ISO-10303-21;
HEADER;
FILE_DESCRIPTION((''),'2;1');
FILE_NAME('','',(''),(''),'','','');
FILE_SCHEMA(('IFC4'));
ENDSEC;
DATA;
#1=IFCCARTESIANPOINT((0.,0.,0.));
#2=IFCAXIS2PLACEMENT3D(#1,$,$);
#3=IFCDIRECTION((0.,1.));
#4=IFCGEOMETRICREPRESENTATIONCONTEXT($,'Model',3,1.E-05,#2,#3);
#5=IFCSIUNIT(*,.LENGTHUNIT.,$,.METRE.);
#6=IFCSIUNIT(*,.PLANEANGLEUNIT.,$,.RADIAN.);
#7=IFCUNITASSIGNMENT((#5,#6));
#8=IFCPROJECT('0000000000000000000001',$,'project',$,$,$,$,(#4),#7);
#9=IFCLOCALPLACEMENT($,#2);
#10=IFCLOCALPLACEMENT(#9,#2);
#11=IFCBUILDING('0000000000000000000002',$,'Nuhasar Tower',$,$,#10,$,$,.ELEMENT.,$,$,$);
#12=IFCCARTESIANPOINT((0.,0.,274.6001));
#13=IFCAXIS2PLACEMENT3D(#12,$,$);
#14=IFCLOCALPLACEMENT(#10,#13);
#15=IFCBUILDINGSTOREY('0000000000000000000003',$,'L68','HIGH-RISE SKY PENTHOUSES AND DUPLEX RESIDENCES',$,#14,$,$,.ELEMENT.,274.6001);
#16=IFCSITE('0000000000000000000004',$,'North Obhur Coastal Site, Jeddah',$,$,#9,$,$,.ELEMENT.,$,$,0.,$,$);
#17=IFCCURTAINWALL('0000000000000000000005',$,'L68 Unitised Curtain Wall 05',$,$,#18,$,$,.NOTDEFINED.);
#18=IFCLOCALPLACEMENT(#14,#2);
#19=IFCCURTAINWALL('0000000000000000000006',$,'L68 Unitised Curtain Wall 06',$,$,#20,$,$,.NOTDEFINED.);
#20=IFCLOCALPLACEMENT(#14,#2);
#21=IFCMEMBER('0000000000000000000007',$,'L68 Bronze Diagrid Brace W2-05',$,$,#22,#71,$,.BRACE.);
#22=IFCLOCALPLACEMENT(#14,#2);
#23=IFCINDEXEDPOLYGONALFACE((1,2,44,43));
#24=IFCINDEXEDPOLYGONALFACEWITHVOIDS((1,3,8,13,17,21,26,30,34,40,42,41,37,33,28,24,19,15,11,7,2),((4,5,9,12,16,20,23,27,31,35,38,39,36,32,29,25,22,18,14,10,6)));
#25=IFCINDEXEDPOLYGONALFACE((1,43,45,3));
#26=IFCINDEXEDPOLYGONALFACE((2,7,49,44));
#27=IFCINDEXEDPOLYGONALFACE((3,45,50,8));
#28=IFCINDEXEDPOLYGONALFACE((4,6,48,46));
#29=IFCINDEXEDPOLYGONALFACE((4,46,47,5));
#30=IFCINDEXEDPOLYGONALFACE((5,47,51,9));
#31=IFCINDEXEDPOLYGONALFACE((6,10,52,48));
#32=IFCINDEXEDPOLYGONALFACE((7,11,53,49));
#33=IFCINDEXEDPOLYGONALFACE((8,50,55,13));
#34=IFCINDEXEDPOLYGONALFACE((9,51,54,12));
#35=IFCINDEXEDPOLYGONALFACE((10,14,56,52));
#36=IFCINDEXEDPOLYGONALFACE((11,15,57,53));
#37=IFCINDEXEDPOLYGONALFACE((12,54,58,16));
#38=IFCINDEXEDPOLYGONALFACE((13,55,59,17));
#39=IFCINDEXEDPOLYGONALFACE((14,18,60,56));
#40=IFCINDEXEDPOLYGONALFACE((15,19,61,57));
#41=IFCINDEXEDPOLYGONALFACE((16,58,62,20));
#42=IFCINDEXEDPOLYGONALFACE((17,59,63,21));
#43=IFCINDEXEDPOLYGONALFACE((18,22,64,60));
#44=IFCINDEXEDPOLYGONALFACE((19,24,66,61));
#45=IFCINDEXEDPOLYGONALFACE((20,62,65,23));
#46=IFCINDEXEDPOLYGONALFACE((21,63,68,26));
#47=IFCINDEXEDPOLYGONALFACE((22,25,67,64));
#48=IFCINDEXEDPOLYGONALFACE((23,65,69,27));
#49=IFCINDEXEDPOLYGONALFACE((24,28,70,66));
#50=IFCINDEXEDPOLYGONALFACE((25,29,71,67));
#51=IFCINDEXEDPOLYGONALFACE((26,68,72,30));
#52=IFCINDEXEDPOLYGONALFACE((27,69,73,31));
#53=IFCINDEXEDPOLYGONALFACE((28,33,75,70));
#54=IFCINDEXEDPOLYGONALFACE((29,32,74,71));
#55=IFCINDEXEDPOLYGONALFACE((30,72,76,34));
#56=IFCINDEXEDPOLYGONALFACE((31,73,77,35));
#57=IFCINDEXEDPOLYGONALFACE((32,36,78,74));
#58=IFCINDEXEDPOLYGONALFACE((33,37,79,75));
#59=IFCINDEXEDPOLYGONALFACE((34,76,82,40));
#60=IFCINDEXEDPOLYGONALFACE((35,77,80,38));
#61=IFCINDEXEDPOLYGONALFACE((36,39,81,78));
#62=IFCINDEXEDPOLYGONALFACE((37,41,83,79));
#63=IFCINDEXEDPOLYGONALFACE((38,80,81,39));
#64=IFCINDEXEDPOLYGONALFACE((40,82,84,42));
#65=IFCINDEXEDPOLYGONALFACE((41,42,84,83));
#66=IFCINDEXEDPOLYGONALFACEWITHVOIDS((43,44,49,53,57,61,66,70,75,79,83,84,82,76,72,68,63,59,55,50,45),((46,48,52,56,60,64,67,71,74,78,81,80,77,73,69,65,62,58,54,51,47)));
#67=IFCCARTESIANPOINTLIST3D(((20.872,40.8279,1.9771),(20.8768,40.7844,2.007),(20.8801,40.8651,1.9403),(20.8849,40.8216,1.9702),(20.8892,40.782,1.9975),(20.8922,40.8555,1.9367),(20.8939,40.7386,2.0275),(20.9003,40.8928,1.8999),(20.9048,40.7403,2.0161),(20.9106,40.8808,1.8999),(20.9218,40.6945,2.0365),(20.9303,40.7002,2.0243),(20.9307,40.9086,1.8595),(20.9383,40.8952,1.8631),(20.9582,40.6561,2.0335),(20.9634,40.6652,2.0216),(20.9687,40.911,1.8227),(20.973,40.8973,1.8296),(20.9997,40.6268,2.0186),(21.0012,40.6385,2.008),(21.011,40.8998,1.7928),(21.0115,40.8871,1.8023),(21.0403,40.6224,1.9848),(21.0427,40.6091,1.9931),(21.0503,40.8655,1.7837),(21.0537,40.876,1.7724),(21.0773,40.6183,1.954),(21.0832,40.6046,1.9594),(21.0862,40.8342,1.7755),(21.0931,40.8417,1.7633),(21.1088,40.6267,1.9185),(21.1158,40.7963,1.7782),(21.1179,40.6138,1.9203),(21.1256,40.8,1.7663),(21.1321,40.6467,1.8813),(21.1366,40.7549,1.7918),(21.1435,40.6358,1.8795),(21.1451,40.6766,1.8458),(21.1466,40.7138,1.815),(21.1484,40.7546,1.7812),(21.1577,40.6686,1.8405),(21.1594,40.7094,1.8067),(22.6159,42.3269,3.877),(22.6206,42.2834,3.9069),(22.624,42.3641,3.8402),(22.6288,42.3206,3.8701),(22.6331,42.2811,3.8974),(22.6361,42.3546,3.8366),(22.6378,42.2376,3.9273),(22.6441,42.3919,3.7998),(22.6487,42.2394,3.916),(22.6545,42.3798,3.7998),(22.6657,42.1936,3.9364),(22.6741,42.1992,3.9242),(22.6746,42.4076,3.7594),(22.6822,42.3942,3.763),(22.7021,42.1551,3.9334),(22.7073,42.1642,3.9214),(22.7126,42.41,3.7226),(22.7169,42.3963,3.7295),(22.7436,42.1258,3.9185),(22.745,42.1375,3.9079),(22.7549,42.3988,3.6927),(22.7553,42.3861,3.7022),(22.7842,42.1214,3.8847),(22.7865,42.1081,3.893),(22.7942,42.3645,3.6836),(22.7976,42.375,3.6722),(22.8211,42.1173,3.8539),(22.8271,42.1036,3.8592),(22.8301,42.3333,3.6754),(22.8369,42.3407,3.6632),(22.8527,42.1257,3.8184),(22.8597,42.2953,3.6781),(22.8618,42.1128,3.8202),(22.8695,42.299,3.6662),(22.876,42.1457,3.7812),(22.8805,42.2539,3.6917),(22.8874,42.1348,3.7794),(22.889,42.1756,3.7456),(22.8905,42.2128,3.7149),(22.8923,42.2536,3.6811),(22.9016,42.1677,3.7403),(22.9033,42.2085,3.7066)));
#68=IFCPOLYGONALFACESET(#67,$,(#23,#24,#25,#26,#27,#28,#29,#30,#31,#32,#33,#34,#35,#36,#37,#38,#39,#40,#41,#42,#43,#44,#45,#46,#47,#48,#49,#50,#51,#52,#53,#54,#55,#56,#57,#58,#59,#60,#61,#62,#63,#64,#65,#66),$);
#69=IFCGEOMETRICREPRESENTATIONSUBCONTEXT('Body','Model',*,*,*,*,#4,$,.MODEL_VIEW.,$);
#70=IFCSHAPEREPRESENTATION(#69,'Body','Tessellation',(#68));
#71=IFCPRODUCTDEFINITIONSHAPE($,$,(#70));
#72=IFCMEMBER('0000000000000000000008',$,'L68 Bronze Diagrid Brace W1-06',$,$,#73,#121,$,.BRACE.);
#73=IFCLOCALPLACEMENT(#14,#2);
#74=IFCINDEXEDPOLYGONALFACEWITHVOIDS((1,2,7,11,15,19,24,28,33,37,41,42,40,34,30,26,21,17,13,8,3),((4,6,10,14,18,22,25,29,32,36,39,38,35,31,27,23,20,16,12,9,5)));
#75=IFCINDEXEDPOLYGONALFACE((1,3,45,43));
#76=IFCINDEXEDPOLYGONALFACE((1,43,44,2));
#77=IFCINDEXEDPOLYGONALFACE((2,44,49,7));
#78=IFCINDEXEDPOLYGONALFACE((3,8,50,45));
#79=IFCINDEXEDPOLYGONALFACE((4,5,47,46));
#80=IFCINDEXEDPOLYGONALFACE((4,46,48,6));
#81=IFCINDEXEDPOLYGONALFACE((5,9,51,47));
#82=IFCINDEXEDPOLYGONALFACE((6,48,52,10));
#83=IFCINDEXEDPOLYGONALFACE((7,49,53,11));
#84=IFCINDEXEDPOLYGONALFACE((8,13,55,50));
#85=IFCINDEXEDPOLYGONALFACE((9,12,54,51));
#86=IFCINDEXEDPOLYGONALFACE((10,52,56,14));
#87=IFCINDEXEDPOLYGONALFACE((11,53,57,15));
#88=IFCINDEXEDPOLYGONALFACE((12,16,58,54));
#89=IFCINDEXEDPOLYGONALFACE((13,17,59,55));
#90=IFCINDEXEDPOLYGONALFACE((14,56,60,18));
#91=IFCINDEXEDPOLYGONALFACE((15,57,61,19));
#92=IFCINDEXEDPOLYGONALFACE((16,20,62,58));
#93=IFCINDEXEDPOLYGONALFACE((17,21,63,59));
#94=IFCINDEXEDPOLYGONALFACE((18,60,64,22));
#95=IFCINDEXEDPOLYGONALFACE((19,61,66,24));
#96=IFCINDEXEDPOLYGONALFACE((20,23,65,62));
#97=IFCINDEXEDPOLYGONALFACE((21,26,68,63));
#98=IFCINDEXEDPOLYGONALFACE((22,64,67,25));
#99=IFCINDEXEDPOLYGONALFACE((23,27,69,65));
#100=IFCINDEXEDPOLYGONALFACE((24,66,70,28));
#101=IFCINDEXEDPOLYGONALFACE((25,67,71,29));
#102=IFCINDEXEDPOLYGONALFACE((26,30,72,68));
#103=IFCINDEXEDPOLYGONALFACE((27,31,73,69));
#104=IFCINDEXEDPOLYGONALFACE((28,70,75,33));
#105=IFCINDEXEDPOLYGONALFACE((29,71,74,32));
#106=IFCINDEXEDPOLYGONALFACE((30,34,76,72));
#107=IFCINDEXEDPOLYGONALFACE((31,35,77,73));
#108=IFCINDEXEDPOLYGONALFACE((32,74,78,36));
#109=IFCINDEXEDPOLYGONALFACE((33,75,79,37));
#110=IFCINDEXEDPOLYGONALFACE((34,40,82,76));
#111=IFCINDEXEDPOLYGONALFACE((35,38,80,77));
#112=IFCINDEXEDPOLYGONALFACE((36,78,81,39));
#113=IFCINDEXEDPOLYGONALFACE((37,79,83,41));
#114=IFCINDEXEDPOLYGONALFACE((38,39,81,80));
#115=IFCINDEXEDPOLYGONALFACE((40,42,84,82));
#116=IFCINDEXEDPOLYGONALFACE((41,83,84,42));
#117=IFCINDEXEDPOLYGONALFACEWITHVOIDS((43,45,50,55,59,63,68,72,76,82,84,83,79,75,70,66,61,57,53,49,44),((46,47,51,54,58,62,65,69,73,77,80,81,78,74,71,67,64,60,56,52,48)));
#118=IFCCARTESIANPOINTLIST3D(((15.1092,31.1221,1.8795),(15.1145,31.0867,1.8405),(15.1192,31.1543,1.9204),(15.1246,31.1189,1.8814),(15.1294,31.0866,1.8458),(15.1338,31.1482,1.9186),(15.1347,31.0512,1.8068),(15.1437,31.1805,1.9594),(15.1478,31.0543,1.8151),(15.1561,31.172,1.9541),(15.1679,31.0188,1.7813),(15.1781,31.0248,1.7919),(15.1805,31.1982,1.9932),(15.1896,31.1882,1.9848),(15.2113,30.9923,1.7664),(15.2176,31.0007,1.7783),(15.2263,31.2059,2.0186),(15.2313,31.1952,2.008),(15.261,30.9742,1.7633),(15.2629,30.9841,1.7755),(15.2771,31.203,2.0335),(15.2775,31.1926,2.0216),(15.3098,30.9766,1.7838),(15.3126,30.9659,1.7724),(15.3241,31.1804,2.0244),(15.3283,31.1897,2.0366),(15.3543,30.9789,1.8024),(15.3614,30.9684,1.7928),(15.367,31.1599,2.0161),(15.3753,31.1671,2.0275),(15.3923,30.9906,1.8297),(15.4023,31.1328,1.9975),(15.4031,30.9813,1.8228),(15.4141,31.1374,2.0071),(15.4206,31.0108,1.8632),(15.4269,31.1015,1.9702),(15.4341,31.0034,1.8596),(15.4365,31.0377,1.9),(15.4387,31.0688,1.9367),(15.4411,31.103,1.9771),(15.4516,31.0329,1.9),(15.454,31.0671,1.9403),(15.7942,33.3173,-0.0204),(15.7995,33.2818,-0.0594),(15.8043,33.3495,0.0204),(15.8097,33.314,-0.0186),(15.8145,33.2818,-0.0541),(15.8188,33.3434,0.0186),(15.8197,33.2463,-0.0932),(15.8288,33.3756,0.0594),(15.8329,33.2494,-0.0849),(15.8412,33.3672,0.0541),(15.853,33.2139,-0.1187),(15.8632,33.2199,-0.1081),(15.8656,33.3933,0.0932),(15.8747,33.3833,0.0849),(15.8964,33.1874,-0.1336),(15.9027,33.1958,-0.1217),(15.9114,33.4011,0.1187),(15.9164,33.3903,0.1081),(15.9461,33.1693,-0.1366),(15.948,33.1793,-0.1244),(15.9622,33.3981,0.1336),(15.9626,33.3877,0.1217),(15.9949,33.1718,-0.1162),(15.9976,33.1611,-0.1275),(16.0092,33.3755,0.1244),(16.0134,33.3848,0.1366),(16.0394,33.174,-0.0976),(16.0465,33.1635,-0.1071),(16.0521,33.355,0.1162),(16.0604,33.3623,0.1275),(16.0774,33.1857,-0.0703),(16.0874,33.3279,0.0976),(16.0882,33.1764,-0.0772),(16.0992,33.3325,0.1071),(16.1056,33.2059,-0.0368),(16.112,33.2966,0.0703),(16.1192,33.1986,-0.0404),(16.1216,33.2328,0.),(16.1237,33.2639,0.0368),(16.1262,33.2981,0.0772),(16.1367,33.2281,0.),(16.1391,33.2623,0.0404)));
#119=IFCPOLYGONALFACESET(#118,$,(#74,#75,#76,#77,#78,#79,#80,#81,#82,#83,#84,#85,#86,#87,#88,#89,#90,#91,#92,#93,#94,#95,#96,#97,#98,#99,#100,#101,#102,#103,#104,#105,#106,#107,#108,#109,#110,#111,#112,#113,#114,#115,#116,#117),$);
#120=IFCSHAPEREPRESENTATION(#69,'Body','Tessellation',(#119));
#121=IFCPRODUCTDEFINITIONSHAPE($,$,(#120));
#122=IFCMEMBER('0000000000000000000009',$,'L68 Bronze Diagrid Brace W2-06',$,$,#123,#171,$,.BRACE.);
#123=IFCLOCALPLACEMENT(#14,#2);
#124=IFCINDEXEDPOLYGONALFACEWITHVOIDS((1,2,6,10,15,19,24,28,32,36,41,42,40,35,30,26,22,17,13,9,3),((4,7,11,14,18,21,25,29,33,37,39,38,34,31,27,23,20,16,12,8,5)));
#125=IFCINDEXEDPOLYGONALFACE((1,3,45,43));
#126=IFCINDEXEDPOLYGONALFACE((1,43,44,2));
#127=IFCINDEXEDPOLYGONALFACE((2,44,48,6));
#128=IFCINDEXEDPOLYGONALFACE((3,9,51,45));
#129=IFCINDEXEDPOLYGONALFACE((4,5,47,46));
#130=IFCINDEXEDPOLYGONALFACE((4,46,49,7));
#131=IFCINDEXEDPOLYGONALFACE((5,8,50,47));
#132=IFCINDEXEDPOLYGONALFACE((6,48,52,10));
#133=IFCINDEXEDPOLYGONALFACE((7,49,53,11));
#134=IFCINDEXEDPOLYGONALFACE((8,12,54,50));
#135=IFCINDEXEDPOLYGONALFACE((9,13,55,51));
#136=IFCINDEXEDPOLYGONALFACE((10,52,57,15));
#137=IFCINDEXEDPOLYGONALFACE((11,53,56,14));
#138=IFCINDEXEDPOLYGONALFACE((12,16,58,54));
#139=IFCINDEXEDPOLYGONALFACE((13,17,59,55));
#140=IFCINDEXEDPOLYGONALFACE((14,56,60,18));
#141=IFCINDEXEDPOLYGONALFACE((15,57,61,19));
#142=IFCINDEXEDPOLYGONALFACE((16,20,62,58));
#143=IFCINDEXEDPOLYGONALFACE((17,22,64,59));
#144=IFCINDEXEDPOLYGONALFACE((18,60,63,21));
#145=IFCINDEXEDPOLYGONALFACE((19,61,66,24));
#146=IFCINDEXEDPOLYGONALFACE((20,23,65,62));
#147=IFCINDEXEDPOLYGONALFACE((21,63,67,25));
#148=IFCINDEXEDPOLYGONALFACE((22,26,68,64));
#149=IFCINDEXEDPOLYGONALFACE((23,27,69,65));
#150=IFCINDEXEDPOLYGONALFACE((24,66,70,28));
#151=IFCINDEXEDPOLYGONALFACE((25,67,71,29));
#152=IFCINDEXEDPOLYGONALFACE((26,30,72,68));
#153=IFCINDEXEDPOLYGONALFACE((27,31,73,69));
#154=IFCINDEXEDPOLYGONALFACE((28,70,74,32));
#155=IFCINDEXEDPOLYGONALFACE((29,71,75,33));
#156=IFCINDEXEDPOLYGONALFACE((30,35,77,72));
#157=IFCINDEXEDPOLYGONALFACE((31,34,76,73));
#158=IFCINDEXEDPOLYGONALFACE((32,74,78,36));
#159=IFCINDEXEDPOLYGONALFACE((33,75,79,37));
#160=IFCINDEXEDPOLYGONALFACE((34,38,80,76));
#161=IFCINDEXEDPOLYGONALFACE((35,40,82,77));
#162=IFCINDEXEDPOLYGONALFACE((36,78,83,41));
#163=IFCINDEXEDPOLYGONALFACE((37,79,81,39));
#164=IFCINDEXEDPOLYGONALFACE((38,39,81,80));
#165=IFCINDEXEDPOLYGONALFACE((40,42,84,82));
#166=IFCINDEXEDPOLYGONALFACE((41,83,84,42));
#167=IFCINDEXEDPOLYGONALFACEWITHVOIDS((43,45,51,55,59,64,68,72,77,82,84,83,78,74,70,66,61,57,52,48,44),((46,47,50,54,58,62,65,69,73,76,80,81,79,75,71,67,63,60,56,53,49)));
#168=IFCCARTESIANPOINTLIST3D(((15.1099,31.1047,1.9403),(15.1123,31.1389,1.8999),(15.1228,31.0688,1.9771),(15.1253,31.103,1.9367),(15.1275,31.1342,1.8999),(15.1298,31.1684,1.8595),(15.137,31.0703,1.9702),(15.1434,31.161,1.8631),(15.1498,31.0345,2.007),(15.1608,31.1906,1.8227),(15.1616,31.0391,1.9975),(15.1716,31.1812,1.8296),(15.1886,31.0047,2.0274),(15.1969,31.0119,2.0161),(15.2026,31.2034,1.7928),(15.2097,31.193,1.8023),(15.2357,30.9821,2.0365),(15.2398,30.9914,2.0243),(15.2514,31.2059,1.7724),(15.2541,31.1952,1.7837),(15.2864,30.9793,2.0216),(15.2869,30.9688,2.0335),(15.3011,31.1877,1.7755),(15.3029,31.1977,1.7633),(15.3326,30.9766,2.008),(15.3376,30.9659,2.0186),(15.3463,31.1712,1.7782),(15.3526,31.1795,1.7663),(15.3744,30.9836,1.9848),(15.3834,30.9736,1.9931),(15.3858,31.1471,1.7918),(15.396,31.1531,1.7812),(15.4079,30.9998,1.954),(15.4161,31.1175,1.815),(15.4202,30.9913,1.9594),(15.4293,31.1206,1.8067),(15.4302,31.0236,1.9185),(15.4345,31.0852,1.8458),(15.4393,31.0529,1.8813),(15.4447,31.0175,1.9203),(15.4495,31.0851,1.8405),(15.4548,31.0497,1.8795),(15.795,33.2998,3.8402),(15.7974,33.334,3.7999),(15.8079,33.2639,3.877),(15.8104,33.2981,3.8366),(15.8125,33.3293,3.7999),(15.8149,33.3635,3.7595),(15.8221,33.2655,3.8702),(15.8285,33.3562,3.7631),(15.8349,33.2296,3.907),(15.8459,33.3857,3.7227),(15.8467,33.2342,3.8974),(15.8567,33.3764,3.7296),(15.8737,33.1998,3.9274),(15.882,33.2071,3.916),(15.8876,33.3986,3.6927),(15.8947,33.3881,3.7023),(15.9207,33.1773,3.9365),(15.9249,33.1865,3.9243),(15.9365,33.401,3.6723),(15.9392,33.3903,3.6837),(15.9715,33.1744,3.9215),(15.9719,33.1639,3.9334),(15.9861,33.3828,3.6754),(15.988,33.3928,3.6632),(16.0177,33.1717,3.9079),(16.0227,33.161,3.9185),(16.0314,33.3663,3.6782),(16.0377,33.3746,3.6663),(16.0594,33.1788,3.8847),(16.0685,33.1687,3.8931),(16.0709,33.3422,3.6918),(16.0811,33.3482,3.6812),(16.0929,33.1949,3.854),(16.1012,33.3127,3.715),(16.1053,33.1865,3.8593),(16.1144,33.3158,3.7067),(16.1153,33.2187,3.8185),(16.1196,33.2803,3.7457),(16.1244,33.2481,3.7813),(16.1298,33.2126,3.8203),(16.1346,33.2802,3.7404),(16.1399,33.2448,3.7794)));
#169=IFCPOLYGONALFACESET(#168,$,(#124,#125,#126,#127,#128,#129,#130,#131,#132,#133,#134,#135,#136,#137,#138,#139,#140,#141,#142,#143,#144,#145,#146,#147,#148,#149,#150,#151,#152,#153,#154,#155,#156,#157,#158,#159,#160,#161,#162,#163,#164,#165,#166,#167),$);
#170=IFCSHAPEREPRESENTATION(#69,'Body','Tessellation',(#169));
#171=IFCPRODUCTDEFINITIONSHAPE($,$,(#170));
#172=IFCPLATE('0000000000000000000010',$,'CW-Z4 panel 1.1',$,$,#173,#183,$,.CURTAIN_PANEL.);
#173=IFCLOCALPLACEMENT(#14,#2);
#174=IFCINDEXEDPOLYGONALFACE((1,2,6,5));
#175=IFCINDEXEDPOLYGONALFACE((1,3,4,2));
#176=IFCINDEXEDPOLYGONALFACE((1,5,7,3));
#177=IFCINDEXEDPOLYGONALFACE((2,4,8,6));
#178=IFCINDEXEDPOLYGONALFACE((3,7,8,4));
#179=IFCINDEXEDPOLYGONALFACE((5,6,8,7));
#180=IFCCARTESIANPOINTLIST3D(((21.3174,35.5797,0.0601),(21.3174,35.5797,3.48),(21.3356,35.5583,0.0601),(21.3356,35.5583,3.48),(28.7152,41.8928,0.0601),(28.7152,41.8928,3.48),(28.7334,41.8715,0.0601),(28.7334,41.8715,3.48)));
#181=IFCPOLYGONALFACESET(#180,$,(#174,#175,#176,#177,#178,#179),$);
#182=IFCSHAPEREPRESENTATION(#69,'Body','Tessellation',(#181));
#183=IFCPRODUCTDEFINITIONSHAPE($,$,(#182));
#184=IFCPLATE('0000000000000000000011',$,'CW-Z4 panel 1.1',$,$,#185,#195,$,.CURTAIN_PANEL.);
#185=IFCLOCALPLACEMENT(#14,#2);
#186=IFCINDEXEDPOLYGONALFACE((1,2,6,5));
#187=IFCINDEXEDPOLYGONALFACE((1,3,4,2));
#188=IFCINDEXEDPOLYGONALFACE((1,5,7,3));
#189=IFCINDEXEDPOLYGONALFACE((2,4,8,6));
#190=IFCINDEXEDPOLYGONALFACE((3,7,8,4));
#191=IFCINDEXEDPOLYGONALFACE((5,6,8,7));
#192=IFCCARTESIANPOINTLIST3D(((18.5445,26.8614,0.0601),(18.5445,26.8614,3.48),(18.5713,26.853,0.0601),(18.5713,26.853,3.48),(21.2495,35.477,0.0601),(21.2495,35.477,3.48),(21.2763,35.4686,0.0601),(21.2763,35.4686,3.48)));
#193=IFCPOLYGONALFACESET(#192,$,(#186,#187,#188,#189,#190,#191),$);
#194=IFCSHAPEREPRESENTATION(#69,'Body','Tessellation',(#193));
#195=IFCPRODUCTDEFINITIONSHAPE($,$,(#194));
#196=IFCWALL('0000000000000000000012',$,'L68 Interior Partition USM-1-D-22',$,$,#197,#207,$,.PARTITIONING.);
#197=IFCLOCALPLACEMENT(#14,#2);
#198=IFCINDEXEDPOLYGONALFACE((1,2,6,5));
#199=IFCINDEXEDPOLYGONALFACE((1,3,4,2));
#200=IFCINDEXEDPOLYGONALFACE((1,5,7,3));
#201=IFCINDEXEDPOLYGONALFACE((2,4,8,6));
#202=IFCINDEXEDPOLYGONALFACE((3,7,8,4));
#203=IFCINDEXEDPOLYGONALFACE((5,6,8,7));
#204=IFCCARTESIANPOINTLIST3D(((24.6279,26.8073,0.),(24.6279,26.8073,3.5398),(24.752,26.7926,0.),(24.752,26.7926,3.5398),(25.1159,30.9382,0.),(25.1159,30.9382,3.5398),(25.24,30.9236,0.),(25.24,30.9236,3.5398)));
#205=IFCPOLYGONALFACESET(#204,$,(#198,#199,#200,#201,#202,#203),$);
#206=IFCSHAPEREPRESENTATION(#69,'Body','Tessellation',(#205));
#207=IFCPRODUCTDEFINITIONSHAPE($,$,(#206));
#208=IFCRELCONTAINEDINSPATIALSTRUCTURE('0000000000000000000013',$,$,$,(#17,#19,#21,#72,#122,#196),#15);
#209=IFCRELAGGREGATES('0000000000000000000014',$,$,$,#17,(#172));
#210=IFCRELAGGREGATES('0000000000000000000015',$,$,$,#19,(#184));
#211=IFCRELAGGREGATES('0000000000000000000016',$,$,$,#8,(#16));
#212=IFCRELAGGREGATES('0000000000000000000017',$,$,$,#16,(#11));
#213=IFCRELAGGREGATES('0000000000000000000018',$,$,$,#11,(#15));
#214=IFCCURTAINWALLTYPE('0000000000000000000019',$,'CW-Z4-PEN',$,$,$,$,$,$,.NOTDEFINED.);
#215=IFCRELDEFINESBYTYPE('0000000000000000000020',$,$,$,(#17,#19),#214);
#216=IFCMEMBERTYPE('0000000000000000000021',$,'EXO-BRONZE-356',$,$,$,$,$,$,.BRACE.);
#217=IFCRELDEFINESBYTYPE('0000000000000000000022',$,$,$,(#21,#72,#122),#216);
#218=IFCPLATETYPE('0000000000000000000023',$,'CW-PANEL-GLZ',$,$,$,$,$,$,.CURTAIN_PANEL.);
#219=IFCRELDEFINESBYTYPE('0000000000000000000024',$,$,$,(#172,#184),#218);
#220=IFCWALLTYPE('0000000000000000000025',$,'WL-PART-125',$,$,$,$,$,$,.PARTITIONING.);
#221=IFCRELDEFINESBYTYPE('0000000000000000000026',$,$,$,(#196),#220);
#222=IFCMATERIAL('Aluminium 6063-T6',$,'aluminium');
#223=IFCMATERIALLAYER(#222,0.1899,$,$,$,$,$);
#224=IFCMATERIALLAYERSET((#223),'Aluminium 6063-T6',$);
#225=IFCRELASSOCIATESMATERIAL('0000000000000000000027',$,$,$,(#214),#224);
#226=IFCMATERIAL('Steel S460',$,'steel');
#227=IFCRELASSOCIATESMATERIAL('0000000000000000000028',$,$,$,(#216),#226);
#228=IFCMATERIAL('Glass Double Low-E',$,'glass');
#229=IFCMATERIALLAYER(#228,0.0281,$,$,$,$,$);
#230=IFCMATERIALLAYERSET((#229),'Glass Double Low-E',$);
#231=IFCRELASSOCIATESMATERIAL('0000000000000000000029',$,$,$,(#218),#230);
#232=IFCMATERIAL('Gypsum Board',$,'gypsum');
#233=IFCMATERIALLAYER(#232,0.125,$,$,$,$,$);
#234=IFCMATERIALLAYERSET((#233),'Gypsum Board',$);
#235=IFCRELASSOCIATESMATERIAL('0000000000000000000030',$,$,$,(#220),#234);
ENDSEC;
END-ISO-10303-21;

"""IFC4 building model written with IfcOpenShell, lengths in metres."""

from ifc_helpers import new_model, si_unit, direction, frame, frame_2d, origin, origin_2d, place, context, subcontext, project, spatial, rectangle, hollow_circle, extrude, material, layer, layer_set, material_profile, profile_set, type_object, element, aggregate, save


model = new_model("IFC4")

# Units and contexts
model_context = context("Model", 3, precision=1e-05, world=origin(), true_north=direction((0.0, 1.0)))
body_context = subcontext(model_context, "Body", "Model", "MODEL_VIEW")
ifc_project = project(units=[si_unit("LENGTHUNIT", "METRE"), si_unit("PLANEANGLEUNIT", "RADIAN")], contexts=[model_context])

# Site, building, storey
site_placement = place(None, origin())
site = spatial("IfcSite", under=ifc_project, at=site_placement, Name="North Obhur Coastal Site, Jeddah", CompositionType="ELEMENT", RefElevation=0.0)
building_placement = place(site_placement, origin())
building = spatial("IfcBuilding", under=site, at=building_placement, Name="Nuhasar Tower", CompositionType="ELEMENT")
storey_placement = place(building_placement, frame((0.0, 0.0, 274.6001)))
storey = spatial("IfcBuildingStorey", under=building, at=storey_placement, Name="L68", Description="HIGH-RISE SKY PENTHOUSES AND DUPLEX RESIDENCES", CompositionType="ELEMENT", Elevation=274.6001)

# Curtain wall
ifc_material_1 = material(Name="Aluminium 6063-T6", Category="aluminium")
ifc_layer_1 = layer(ifc_material_1, 0.1899)
ifc_layer_set_1 = layer_set([ifc_layer_1], Name="Aluminium 6063-T6")
curtain_wall_type = type_object("IfcCurtainWallType", Name="CW-Z4-PEN", PredefinedType="NOTDEFINED", material=ifc_layer_set_1)
curtain_wall_1_placement = place(storey_placement, origin())
curtain_wall_1 = element("IfcCurtainWall", 1, at=curtain_wall_1_placement, inside=storey, type_object=curtain_wall_type, Name="L68 Unitised Curtain Wall 05", PredefinedType="NOTDEFINED")

# Curtain wall
curtain_wall_2_placement = place(storey_placement, origin())
curtain_wall_2 = element("IfcCurtainWall", 2, at=curtain_wall_2_placement, inside=storey, type_object=curtain_wall_type, Name="L68 Unitised Curtain Wall 06", PredefinedType="NOTDEFINED")

# Members
ifc_material_2 = material(Name="Steel S460", Category="steel")
ifc_material_profile_1 = material_profile(ifc_material_2, hollow_circle(Radius=0.1777, WallThickness=0.0159, at=origin_2d()), Name="HSS355.6X15.9")
ifc_profile_set_1 = profile_set([ifc_material_profile_1], Name="Steel S460")
member_type_1 = type_object("IfcMemberType", Name="EXO-BRONZE-356", PredefinedType="BRACE", material=ifc_profile_set_1)
for number, where, z_axis, x_axis, name in (
    (3, (21.0161, 40.7581, 1.8999), (0.584625, 0.502534, 0.636925), (-0.651857, 0.758342, 0.0), "L68 Bronze Diagrid Brace W2-05"),
    (4, (15.967, 33.281, 0.0), (-0.229668, -0.735902, 0.636947), (0.954591, -0.297918, 0.0), "L68 Bronze Diagrid Brace W1-06"),
    (5, (15.282, 31.0859, 1.8999), (0.229668, 0.735902, 0.636947), (-0.954591, 0.297918, 0.0), "L68 Bronze Diagrid Brace W2-06"),
):
    element("IfcMember", number, at=place(storey_placement, frame(where, z_axis=z_axis, x_axis=x_axis)), inside=storey, type_object=member_type_1, Name=name, PredefinedType="BRACE", context=body_context, shape_type="SweptSolid", body=[
        extrude(hollow_circle(Radius=0.1777, WallThickness=0.0159, at=origin_2d()), origin(), (0.0, 0.0, 1.0), 2.9829),
    ])

# Plates
ifc_material_3 = material(Name="Glass Double Low-E", Category="glass")
ifc_layer_2 = layer(ifc_material_3, 0.0281)
ifc_layer_set_2 = layer_set([ifc_layer_2], Name="Glass Double Low-E")
plate_type = type_object("IfcPlateType", Name="CW-PANEL-GLZ", PredefinedType="CURTAIN_PANEL", material=ifc_layer_set_2)
plate_1_placement = place(storey_placement, frame((25.0254, 38.7256, 0.0601), z_axis=(0.0, 0.0, 1.0), x_axis=(-0.760667, -0.649142, 0.0)))
plate_1 = element("IfcPlate", 6, at=plate_1_placement, type_object=plate_type, Name="CW-Z4 panel 1.1", PredefinedType="CURTAIN_PANEL", context=body_context, shape_type="SweptSolid", body=[
    extrude(rectangle(XDim=9.7253, YDim=0.0281, at=origin_2d()), origin(), (0.0, 0.0, 1.0), 3.4199),
])
aggregate(curtain_wall_1, [plate_1])
plate_2_placement = place(storey_placement, frame((19.9104, 31.165, 0.0601), z_axis=(0.0, 0.0, 1.0), x_axis=(-0.299557, -0.954079, 0.0)))
plate_2 = element("IfcPlate", 7, at=plate_2_placement, type_object=plate_type, Name="CW-Z4 panel 1.1", PredefinedType="CURTAIN_PANEL", context=body_context, shape_type="SweptSolid", body=[
    extrude(rectangle(XDim=9.0303, YDim=0.0281, at=origin_2d()), origin(), (0.0, 0.0, 1.0), 3.4199),
])
aggregate(curtain_wall_2, [plate_2])

# Wall
ifc_material_4 = material(Name="Gypsum Board", Category="gypsum")
ifc_layer_3 = layer(ifc_material_4, 0.125)
ifc_layer_set_3 = layer_set([ifc_layer_3], Name="Gypsum Board")
wall_type = type_object("IfcWallType", Name="WL-PART-125", PredefinedType="PARTITIONING", material=ifc_layer_set_3)
wall_placement = place(storey_placement, frame((25.178, 30.9309, 0.0), z_axis=(0.0, 0.0, 1.0), x_axis=(-0.117328, -0.993093, 0.0)))
element("IfcWall", 8, at=wall_placement, inside=storey, type_object=wall_type, Name="L68 Interior Partition USM-1-D-22", PredefinedType="PARTITIONING", context=body_context, shape_type="SweptSolid", body=[
    extrude(rectangle(XDim=4.1597, YDim=0.125, at=frame_2d((2.0798, 0.0))), origin(), (0.0, 0.0, 1.0), 3.5398),
])

save(model, "model.ifc")
